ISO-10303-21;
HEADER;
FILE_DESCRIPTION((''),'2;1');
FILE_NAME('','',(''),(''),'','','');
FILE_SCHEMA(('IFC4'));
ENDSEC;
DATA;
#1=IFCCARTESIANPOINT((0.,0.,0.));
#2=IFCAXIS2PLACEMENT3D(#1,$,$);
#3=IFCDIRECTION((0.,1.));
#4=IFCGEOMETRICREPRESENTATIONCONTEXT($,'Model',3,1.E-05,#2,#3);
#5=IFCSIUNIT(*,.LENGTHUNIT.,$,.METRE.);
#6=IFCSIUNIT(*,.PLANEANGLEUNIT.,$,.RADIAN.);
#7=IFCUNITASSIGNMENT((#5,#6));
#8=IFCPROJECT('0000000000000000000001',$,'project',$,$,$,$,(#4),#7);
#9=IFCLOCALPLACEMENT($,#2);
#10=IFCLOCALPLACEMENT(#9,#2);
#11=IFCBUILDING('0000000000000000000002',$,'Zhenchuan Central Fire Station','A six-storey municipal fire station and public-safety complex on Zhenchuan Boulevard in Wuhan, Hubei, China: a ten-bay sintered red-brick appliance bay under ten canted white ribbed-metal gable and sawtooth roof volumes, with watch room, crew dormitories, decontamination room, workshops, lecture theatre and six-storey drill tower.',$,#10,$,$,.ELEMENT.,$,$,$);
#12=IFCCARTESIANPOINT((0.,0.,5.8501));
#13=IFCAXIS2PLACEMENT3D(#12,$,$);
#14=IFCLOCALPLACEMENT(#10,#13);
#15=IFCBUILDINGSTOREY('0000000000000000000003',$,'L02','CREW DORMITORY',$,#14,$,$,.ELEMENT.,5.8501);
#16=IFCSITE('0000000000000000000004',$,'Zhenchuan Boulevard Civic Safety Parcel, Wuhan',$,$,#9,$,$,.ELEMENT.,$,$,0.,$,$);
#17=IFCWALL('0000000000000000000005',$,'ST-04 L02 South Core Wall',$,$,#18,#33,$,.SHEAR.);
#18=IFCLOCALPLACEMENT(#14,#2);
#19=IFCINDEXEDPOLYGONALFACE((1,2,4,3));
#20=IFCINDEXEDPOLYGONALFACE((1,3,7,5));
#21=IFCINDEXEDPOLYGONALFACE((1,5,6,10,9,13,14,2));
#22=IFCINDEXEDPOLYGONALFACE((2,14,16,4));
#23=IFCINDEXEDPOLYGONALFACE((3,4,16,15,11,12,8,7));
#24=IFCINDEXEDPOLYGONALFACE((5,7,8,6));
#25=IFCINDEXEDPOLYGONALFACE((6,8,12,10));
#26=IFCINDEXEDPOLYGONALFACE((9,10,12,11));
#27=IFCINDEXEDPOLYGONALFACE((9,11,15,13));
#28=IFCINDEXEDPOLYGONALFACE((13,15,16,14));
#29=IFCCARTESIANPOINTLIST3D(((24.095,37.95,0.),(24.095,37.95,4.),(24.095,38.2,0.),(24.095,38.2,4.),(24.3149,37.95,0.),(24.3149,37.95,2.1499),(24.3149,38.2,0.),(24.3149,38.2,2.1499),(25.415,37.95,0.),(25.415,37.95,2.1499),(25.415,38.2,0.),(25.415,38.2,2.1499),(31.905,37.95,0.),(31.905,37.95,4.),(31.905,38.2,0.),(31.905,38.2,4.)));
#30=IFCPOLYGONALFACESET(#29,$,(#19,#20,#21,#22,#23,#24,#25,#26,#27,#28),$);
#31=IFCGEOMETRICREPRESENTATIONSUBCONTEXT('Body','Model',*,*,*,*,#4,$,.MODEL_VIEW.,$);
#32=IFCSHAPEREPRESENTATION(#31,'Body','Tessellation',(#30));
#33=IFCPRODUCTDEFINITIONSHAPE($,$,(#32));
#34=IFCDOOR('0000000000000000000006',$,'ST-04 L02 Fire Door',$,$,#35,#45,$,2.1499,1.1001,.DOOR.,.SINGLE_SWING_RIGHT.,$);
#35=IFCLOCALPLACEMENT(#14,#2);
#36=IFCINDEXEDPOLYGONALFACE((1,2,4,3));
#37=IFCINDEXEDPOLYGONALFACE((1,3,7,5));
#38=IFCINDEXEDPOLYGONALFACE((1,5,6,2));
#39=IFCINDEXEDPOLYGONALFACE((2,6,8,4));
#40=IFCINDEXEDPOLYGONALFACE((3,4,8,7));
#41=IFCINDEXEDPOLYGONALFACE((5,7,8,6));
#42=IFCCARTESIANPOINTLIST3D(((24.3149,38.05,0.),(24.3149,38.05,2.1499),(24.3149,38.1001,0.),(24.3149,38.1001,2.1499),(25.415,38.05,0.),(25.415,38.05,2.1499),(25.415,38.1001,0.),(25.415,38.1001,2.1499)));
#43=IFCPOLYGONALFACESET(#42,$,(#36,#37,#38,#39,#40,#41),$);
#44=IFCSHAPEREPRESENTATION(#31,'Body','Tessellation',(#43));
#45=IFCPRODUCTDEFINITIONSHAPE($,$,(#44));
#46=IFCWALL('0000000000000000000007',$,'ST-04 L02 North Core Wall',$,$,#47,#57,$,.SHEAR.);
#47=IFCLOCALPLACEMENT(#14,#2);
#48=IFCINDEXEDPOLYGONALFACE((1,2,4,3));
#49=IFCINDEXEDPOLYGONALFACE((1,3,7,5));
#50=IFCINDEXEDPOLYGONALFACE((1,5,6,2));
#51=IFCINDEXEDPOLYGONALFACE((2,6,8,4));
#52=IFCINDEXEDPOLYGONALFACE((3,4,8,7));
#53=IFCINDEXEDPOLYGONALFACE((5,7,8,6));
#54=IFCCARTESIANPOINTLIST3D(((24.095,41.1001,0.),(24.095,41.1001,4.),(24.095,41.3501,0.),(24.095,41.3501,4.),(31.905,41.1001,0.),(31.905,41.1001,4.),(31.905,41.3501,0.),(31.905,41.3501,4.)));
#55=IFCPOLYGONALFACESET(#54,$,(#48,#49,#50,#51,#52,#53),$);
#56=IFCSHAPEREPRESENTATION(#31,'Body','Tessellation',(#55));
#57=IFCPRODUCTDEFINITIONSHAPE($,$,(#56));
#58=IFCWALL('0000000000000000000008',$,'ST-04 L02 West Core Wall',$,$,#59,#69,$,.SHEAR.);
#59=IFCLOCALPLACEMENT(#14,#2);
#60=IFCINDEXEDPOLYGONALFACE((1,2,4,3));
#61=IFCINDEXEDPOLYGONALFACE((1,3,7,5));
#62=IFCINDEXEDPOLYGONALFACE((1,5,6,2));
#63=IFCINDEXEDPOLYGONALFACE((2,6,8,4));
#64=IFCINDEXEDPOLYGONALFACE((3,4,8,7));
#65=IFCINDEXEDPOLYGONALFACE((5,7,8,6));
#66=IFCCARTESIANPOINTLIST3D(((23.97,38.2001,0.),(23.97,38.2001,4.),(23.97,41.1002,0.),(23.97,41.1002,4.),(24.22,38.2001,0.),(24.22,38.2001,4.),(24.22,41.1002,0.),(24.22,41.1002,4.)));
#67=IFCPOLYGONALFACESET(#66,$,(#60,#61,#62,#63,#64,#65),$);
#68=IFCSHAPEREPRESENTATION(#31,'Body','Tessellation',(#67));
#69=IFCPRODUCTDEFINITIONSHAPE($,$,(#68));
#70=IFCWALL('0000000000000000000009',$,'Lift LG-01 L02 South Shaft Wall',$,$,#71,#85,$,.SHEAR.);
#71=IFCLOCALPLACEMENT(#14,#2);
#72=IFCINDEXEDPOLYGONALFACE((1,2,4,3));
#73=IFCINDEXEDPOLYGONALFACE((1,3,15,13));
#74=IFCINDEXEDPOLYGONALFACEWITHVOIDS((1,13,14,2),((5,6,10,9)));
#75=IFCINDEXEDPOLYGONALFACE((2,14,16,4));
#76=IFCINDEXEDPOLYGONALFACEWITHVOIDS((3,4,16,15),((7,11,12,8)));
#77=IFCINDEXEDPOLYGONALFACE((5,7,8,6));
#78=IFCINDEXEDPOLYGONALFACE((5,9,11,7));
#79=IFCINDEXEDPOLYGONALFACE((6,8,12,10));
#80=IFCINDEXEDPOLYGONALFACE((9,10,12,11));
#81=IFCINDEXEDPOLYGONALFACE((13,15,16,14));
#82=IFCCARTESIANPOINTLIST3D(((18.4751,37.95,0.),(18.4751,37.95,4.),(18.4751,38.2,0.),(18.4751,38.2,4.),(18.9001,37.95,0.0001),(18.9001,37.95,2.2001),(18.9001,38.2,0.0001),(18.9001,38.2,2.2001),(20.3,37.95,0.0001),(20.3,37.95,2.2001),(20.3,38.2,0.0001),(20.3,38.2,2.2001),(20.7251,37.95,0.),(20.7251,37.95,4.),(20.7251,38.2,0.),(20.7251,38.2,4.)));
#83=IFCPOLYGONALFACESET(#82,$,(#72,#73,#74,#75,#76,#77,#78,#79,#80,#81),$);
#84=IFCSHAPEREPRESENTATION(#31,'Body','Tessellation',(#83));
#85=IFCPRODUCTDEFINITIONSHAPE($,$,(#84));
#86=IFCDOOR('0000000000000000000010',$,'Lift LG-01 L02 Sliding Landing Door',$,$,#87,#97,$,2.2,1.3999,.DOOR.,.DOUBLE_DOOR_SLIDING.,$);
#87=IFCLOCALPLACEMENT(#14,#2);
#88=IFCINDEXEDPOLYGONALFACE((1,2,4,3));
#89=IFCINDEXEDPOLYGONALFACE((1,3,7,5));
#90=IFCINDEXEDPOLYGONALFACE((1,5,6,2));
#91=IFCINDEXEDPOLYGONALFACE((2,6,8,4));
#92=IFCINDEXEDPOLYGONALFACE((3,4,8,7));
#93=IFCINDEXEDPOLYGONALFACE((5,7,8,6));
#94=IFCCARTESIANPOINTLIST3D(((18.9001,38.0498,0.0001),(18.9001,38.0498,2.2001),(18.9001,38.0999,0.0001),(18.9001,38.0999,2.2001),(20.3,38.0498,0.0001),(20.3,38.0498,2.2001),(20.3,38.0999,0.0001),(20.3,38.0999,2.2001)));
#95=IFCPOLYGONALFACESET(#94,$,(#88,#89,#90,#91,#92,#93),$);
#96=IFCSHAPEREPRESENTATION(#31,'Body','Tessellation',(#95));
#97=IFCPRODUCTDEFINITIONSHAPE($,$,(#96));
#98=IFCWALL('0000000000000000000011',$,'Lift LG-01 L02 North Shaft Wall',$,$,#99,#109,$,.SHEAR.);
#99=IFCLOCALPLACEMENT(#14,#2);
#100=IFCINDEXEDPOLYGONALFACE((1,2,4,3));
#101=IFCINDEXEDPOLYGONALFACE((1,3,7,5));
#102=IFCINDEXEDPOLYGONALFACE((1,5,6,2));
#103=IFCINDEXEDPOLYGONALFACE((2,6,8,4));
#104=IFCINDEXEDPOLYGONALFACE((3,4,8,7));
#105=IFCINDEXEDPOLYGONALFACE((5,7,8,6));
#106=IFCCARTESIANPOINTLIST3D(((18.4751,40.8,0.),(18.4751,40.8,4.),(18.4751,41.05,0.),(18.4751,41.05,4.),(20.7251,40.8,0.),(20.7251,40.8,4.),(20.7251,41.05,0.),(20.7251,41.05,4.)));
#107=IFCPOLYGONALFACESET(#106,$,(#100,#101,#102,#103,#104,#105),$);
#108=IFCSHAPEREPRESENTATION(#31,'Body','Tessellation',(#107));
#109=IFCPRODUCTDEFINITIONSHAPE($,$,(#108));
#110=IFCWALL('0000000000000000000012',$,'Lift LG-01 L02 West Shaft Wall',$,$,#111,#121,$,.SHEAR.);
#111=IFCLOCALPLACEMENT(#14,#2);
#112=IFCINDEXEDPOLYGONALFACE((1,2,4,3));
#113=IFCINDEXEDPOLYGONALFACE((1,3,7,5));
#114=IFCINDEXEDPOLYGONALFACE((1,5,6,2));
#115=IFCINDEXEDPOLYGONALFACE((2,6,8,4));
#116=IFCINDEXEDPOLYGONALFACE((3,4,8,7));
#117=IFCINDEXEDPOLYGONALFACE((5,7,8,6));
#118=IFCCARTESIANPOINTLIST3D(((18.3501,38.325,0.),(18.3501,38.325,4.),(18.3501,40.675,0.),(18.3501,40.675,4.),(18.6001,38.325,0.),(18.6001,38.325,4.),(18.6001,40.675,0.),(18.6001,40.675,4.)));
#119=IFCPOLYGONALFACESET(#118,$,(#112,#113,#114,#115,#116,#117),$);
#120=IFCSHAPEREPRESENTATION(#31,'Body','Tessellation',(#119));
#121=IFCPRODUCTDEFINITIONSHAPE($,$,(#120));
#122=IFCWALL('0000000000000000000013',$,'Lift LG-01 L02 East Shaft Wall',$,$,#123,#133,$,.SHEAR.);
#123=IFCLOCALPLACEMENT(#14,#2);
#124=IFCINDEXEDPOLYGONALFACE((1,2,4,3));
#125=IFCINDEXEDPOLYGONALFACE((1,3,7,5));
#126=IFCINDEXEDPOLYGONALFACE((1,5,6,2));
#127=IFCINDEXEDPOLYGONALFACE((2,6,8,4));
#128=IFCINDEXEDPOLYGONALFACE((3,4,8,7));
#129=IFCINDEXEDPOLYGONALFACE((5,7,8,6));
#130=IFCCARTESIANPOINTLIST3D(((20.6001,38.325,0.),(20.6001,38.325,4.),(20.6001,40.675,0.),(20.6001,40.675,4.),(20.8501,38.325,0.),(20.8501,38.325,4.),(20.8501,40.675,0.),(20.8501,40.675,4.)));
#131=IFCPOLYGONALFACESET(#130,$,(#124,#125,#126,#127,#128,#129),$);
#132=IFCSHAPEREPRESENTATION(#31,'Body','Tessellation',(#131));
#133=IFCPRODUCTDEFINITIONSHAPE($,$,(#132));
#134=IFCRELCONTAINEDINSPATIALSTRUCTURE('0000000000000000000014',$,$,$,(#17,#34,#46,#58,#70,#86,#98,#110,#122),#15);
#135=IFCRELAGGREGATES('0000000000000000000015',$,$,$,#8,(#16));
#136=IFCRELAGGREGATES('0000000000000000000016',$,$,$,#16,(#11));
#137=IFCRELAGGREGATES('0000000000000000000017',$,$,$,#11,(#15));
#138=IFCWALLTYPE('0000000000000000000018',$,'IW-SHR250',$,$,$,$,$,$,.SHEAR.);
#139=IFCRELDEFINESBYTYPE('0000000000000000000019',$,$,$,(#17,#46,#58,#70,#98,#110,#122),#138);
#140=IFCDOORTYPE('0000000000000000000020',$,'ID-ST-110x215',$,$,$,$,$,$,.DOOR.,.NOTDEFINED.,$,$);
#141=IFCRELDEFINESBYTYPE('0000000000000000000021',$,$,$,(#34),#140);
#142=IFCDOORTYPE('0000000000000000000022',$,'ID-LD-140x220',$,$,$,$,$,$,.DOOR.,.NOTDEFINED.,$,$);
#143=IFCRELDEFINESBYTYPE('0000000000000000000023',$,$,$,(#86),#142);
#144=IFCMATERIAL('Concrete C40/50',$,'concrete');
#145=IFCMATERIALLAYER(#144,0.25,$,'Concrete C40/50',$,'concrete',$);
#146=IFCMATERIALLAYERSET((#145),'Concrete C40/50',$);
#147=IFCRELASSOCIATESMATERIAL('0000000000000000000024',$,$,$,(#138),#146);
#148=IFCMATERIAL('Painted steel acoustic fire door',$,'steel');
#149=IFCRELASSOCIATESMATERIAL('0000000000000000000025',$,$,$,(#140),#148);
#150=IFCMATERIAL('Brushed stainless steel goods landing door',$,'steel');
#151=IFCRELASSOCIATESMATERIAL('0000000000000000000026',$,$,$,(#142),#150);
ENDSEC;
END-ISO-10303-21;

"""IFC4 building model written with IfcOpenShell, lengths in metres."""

from ifc_helpers import new_model, si_unit, direction, frame, frame_2d, origin, place, context, subcontext, project, spatial, rectangle, extrude, material, layer, layer_set, type_object, element, fill, save


model = new_model("IFC4")

# Units and contexts
model_context = context("Model", 3, precision=1e-05, world=origin(), true_north=direction((0.0, 1.0)))
body_context = subcontext(model_context, "Body", "Model", "MODEL_VIEW")
ifc_project = project(units=[si_unit("LENGTHUNIT", "METRE"), si_unit("PLANEANGLEUNIT", "RADIAN")], contexts=[model_context])

# Site, building, storey
site_placement = place(None, origin())
site = spatial("IfcSite", under=ifc_project, at=site_placement, Name="Zhenchuan Boulevard Civic Safety Parcel, Wuhan", CompositionType="ELEMENT", RefElevation=0.0)
building_placement = place(site_placement, origin())
building = spatial("IfcBuilding", under=site, at=building_placement, Name="Zhenchuan Central Fire Station", Description="A six-storey municipal fire station and public-safety complex on Zhenchuan Boulevard in Wuhan, Hubei, China: a ten-bay sintered red-brick appliance bay under ten canted white ribbed-metal gable and sawtooth roof volumes, with watch room, crew dormitories, decontamination room, workshops, lecture theatre and six-storey drill tower.", CompositionType="ELEMENT")
storey_placement = place(building_placement, frame((0.0, 0.0, 5.8501)))
storey = spatial("IfcBuildingStorey", under=building, at=storey_placement, Name="L02", Description="CREW DORMITORY", CompositionType="ELEMENT", Elevation=5.8501)

# Wall, opening, door
ifc_material_1 = material(Name="Concrete C40/50", Category="concrete")
ifc_layer_1 = layer(ifc_material_1, 0.25, Name="Concrete C40/50", Category="concrete")
ifc_layer_set_1 = layer_set([ifc_layer_1], Name="Concrete C40/50")
wall_type_1 = type_object("IfcWallType", Name="IW-SHR250", PredefinedType="SHEAR", material=ifc_layer_set_1)
wall_1_placement = place(storey_placement, frame((24.095, 38.075, 0.0), z_axis=(0.0, 0.0, 1.0), x_axis=(1.0, 0.0, 0.0)))
wall_1 = element("IfcWall", 1, at=wall_1_placement, inside=storey, type_object=wall_type_1, Name="ST-04 L02 South Core Wall", PredefinedType="SHEAR", context=body_context, shape_type="SweptSolid", body=[
    extrude(rectangle(XDim=7.8101, YDim=0.25, at=frame_2d((3.905, 0.0))), origin(), (0.0, 0.0, 1.0), 4.0),
])
opening_1_placement = place(wall_1_placement, frame((0.22, 0.0, 0.0)))
opening_1 = element("IfcOpeningElement", 2, at=opening_1_placement, cuts=wall_1, PredefinedType="OPENING", context=body_context, shape_type="SweptSolid", body=[
    extrude(rectangle(XDim=1.1001, YDim=2.1499, at=frame_2d((0.55, 1.075))), frame((0.0, 0.135, 0.0), z_axis=(0.0, -1.0, 0.0), x_axis=(1.0, 0.0, 0.0)), (0.0, 0.0, 1.0), 0.27),
])
ifc_material_2 = material(Name="Painted steel acoustic fire door", Category="steel")
door_type_1 = type_object("IfcDoorType", Name="ID-ST-110x215", OperationType="NOTDEFINED", PredefinedType="DOOR", material=ifc_material_2)
door_1_placement = place(opening_1_placement, frame((1.1001, 0.0, 0.0), z_axis=(0.0, 0.0, 1.0), x_axis=(-1.0, 0.0, 0.0)))
door_1 = element("IfcDoor", 3, at=door_1_placement, inside=storey, type_object=door_type_1, Name="ST-04 L02 Fire Door", OperationType="SINGLE_SWING_RIGHT", OverallHeight=2.1499, OverallWidth=1.1001, PredefinedType="DOOR", context=body_context, shape_type="SweptSolid", body=[
    extrude(rectangle(XDim=1.1001, YDim=2.1499, at=frame_2d((0.55, 1.075))), frame((0.0, 0.0249, 0.0), z_axis=(0.0, -1.0, 0.0), x_axis=(1.0, 0.0, 0.0)), (0.0, 0.0, 1.0), 0.05),
])
fill(opening_1, door_1)

# Walls
wall_2_placement = place(storey_placement, frame((24.095, 41.2251, 0.0), z_axis=(0.0, 0.0, 1.0), x_axis=(1.0, 0.0, 0.0)))
element("IfcWall", 4, at=wall_2_placement, inside=storey, type_object=wall_type_1, Name="ST-04 L02 North Core Wall", PredefinedType="SHEAR", context=body_context, shape_type="SweptSolid", body=[
    extrude(rectangle(XDim=7.8101, YDim=0.25, at=frame_2d((3.905, 0.0))), origin(), (0.0, 0.0, 1.0), 4.0),
])
wall_3_placement = place(storey_placement, frame((24.095, 38.2, 0.0), z_axis=(0.0, 0.0, 1.0), x_axis=(0.0, 1.0, 0.0)))
element("IfcWall", 5, at=wall_3_placement, inside=storey, type_object=wall_type_1, Name="ST-04 L02 West Core Wall", PredefinedType="SHEAR", context=body_context, shape_type="SweptSolid", body=[
    extrude(rectangle(XDim=2.9001, YDim=0.25, at=frame_2d((1.4502, 0.0))), origin(), (0.0, 0.0, 1.0), 4.0),
])

# Wall, opening, door
wall_4_placement = place(storey_placement, frame((18.4751, 38.075, 0.0), z_axis=(0.0, 0.0, 1.0), x_axis=(1.0, 0.0, 0.0)))
wall_4 = element("IfcWall", 6, at=wall_4_placement, inside=storey, type_object=wall_type_1, Name="Lift LG-01 L02 South Shaft Wall", PredefinedType="SHEAR", context=body_context, shape_type="SweptSolid", body=[
    extrude(rectangle(XDim=2.25, YDim=0.25, at=frame_2d((1.125, 0.0))), origin(), (0.0, 0.0, 1.0), 4.0),
])
opening_2_placement = place(wall_4_placement, frame((0.425, 0.0, 0.0)))
opening_2 = element("IfcOpeningElement", 7, at=opening_2_placement, cuts=wall_4, PredefinedType="OPENING", context=body_context, shape_type="SweptSolid", body=[
    extrude(rectangle(XDim=1.3999, YDim=2.2, at=frame_2d((0.7, 1.1001))), frame((0.0, 0.135, 0.0), z_axis=(0.0, -1.0, 0.0), x_axis=(1.0, 0.0, 0.0)), (0.0, 0.0, 1.0), 0.27),
])
ifc_material_3 = material(Name="Brushed stainless steel goods landing door", Category="steel")
door_type_2 = type_object("IfcDoorType", Name="ID-LD-140x220", OperationType="NOTDEFINED", PredefinedType="DOOR", material=ifc_material_3)
door_2_placement = place(opening_2_placement, origin())
door_2 = element("IfcDoor", 8, at=door_2_placement, inside=storey, type_object=door_type_2, Name="Lift LG-01 L02 Sliding Landing Door", OperationType="DOUBLE_DOOR_SLIDING", OverallHeight=2.2, OverallWidth=1.3999, PredefinedType="DOOR", context=body_context, shape_type="SweptSolid", body=[
    extrude(rectangle(XDim=1.3999, YDim=2.2, at=frame_2d((0.7, 1.1001))), frame((0.0, 0.0249, 0.0), z_axis=(0.0, -1.0, 0.0), x_axis=(1.0, 0.0, 0.0)), (0.0, 0.0, 1.0), 0.05),
])
fill(opening_2, door_2)

# Walls
wall_5_placement = place(storey_placement, frame((18.4751, 40.925, 0.0), z_axis=(0.0, 0.0, 1.0), x_axis=(1.0, 0.0, 0.0)))
element("IfcWall", 9, at=wall_5_placement, inside=storey, type_object=wall_type_1, Name="Lift LG-01 L02 North Shaft Wall", PredefinedType="SHEAR", context=body_context, shape_type="SweptSolid", body=[
    extrude(rectangle(XDim=2.25, YDim=0.25, at=frame_2d((1.125, 0.0))), origin(), (0.0, 0.0, 1.0), 4.0),
])
for number, where, z_axis, x_axis, name in (
    (10, (18.4751, 38.325, 0.0), (0.0, 0.0, 1.0), (0.0, 1.0, 0.0), "Lift LG-01 L02 West Shaft Wall"),
    (11, (20.7251, 38.325, 0.0), (0.0, 0.0, 1.0), (0.0, 1.0, 0.0), "Lift LG-01 L02 East Shaft Wall"),
):
    element("IfcWall", number, at=place(storey_placement, frame(where, z_axis=z_axis, x_axis=x_axis)), inside=storey, type_object=wall_type_1, Name=name, PredefinedType="SHEAR", context=body_context, shape_type="SweptSolid", body=[
        extrude(rectangle(XDim=2.3501, YDim=0.25, at=frame_2d((1.175, 0.0))), origin(), (0.0, 0.0, 1.0), 4.0),
    ])

save(model, "model.ifc")
